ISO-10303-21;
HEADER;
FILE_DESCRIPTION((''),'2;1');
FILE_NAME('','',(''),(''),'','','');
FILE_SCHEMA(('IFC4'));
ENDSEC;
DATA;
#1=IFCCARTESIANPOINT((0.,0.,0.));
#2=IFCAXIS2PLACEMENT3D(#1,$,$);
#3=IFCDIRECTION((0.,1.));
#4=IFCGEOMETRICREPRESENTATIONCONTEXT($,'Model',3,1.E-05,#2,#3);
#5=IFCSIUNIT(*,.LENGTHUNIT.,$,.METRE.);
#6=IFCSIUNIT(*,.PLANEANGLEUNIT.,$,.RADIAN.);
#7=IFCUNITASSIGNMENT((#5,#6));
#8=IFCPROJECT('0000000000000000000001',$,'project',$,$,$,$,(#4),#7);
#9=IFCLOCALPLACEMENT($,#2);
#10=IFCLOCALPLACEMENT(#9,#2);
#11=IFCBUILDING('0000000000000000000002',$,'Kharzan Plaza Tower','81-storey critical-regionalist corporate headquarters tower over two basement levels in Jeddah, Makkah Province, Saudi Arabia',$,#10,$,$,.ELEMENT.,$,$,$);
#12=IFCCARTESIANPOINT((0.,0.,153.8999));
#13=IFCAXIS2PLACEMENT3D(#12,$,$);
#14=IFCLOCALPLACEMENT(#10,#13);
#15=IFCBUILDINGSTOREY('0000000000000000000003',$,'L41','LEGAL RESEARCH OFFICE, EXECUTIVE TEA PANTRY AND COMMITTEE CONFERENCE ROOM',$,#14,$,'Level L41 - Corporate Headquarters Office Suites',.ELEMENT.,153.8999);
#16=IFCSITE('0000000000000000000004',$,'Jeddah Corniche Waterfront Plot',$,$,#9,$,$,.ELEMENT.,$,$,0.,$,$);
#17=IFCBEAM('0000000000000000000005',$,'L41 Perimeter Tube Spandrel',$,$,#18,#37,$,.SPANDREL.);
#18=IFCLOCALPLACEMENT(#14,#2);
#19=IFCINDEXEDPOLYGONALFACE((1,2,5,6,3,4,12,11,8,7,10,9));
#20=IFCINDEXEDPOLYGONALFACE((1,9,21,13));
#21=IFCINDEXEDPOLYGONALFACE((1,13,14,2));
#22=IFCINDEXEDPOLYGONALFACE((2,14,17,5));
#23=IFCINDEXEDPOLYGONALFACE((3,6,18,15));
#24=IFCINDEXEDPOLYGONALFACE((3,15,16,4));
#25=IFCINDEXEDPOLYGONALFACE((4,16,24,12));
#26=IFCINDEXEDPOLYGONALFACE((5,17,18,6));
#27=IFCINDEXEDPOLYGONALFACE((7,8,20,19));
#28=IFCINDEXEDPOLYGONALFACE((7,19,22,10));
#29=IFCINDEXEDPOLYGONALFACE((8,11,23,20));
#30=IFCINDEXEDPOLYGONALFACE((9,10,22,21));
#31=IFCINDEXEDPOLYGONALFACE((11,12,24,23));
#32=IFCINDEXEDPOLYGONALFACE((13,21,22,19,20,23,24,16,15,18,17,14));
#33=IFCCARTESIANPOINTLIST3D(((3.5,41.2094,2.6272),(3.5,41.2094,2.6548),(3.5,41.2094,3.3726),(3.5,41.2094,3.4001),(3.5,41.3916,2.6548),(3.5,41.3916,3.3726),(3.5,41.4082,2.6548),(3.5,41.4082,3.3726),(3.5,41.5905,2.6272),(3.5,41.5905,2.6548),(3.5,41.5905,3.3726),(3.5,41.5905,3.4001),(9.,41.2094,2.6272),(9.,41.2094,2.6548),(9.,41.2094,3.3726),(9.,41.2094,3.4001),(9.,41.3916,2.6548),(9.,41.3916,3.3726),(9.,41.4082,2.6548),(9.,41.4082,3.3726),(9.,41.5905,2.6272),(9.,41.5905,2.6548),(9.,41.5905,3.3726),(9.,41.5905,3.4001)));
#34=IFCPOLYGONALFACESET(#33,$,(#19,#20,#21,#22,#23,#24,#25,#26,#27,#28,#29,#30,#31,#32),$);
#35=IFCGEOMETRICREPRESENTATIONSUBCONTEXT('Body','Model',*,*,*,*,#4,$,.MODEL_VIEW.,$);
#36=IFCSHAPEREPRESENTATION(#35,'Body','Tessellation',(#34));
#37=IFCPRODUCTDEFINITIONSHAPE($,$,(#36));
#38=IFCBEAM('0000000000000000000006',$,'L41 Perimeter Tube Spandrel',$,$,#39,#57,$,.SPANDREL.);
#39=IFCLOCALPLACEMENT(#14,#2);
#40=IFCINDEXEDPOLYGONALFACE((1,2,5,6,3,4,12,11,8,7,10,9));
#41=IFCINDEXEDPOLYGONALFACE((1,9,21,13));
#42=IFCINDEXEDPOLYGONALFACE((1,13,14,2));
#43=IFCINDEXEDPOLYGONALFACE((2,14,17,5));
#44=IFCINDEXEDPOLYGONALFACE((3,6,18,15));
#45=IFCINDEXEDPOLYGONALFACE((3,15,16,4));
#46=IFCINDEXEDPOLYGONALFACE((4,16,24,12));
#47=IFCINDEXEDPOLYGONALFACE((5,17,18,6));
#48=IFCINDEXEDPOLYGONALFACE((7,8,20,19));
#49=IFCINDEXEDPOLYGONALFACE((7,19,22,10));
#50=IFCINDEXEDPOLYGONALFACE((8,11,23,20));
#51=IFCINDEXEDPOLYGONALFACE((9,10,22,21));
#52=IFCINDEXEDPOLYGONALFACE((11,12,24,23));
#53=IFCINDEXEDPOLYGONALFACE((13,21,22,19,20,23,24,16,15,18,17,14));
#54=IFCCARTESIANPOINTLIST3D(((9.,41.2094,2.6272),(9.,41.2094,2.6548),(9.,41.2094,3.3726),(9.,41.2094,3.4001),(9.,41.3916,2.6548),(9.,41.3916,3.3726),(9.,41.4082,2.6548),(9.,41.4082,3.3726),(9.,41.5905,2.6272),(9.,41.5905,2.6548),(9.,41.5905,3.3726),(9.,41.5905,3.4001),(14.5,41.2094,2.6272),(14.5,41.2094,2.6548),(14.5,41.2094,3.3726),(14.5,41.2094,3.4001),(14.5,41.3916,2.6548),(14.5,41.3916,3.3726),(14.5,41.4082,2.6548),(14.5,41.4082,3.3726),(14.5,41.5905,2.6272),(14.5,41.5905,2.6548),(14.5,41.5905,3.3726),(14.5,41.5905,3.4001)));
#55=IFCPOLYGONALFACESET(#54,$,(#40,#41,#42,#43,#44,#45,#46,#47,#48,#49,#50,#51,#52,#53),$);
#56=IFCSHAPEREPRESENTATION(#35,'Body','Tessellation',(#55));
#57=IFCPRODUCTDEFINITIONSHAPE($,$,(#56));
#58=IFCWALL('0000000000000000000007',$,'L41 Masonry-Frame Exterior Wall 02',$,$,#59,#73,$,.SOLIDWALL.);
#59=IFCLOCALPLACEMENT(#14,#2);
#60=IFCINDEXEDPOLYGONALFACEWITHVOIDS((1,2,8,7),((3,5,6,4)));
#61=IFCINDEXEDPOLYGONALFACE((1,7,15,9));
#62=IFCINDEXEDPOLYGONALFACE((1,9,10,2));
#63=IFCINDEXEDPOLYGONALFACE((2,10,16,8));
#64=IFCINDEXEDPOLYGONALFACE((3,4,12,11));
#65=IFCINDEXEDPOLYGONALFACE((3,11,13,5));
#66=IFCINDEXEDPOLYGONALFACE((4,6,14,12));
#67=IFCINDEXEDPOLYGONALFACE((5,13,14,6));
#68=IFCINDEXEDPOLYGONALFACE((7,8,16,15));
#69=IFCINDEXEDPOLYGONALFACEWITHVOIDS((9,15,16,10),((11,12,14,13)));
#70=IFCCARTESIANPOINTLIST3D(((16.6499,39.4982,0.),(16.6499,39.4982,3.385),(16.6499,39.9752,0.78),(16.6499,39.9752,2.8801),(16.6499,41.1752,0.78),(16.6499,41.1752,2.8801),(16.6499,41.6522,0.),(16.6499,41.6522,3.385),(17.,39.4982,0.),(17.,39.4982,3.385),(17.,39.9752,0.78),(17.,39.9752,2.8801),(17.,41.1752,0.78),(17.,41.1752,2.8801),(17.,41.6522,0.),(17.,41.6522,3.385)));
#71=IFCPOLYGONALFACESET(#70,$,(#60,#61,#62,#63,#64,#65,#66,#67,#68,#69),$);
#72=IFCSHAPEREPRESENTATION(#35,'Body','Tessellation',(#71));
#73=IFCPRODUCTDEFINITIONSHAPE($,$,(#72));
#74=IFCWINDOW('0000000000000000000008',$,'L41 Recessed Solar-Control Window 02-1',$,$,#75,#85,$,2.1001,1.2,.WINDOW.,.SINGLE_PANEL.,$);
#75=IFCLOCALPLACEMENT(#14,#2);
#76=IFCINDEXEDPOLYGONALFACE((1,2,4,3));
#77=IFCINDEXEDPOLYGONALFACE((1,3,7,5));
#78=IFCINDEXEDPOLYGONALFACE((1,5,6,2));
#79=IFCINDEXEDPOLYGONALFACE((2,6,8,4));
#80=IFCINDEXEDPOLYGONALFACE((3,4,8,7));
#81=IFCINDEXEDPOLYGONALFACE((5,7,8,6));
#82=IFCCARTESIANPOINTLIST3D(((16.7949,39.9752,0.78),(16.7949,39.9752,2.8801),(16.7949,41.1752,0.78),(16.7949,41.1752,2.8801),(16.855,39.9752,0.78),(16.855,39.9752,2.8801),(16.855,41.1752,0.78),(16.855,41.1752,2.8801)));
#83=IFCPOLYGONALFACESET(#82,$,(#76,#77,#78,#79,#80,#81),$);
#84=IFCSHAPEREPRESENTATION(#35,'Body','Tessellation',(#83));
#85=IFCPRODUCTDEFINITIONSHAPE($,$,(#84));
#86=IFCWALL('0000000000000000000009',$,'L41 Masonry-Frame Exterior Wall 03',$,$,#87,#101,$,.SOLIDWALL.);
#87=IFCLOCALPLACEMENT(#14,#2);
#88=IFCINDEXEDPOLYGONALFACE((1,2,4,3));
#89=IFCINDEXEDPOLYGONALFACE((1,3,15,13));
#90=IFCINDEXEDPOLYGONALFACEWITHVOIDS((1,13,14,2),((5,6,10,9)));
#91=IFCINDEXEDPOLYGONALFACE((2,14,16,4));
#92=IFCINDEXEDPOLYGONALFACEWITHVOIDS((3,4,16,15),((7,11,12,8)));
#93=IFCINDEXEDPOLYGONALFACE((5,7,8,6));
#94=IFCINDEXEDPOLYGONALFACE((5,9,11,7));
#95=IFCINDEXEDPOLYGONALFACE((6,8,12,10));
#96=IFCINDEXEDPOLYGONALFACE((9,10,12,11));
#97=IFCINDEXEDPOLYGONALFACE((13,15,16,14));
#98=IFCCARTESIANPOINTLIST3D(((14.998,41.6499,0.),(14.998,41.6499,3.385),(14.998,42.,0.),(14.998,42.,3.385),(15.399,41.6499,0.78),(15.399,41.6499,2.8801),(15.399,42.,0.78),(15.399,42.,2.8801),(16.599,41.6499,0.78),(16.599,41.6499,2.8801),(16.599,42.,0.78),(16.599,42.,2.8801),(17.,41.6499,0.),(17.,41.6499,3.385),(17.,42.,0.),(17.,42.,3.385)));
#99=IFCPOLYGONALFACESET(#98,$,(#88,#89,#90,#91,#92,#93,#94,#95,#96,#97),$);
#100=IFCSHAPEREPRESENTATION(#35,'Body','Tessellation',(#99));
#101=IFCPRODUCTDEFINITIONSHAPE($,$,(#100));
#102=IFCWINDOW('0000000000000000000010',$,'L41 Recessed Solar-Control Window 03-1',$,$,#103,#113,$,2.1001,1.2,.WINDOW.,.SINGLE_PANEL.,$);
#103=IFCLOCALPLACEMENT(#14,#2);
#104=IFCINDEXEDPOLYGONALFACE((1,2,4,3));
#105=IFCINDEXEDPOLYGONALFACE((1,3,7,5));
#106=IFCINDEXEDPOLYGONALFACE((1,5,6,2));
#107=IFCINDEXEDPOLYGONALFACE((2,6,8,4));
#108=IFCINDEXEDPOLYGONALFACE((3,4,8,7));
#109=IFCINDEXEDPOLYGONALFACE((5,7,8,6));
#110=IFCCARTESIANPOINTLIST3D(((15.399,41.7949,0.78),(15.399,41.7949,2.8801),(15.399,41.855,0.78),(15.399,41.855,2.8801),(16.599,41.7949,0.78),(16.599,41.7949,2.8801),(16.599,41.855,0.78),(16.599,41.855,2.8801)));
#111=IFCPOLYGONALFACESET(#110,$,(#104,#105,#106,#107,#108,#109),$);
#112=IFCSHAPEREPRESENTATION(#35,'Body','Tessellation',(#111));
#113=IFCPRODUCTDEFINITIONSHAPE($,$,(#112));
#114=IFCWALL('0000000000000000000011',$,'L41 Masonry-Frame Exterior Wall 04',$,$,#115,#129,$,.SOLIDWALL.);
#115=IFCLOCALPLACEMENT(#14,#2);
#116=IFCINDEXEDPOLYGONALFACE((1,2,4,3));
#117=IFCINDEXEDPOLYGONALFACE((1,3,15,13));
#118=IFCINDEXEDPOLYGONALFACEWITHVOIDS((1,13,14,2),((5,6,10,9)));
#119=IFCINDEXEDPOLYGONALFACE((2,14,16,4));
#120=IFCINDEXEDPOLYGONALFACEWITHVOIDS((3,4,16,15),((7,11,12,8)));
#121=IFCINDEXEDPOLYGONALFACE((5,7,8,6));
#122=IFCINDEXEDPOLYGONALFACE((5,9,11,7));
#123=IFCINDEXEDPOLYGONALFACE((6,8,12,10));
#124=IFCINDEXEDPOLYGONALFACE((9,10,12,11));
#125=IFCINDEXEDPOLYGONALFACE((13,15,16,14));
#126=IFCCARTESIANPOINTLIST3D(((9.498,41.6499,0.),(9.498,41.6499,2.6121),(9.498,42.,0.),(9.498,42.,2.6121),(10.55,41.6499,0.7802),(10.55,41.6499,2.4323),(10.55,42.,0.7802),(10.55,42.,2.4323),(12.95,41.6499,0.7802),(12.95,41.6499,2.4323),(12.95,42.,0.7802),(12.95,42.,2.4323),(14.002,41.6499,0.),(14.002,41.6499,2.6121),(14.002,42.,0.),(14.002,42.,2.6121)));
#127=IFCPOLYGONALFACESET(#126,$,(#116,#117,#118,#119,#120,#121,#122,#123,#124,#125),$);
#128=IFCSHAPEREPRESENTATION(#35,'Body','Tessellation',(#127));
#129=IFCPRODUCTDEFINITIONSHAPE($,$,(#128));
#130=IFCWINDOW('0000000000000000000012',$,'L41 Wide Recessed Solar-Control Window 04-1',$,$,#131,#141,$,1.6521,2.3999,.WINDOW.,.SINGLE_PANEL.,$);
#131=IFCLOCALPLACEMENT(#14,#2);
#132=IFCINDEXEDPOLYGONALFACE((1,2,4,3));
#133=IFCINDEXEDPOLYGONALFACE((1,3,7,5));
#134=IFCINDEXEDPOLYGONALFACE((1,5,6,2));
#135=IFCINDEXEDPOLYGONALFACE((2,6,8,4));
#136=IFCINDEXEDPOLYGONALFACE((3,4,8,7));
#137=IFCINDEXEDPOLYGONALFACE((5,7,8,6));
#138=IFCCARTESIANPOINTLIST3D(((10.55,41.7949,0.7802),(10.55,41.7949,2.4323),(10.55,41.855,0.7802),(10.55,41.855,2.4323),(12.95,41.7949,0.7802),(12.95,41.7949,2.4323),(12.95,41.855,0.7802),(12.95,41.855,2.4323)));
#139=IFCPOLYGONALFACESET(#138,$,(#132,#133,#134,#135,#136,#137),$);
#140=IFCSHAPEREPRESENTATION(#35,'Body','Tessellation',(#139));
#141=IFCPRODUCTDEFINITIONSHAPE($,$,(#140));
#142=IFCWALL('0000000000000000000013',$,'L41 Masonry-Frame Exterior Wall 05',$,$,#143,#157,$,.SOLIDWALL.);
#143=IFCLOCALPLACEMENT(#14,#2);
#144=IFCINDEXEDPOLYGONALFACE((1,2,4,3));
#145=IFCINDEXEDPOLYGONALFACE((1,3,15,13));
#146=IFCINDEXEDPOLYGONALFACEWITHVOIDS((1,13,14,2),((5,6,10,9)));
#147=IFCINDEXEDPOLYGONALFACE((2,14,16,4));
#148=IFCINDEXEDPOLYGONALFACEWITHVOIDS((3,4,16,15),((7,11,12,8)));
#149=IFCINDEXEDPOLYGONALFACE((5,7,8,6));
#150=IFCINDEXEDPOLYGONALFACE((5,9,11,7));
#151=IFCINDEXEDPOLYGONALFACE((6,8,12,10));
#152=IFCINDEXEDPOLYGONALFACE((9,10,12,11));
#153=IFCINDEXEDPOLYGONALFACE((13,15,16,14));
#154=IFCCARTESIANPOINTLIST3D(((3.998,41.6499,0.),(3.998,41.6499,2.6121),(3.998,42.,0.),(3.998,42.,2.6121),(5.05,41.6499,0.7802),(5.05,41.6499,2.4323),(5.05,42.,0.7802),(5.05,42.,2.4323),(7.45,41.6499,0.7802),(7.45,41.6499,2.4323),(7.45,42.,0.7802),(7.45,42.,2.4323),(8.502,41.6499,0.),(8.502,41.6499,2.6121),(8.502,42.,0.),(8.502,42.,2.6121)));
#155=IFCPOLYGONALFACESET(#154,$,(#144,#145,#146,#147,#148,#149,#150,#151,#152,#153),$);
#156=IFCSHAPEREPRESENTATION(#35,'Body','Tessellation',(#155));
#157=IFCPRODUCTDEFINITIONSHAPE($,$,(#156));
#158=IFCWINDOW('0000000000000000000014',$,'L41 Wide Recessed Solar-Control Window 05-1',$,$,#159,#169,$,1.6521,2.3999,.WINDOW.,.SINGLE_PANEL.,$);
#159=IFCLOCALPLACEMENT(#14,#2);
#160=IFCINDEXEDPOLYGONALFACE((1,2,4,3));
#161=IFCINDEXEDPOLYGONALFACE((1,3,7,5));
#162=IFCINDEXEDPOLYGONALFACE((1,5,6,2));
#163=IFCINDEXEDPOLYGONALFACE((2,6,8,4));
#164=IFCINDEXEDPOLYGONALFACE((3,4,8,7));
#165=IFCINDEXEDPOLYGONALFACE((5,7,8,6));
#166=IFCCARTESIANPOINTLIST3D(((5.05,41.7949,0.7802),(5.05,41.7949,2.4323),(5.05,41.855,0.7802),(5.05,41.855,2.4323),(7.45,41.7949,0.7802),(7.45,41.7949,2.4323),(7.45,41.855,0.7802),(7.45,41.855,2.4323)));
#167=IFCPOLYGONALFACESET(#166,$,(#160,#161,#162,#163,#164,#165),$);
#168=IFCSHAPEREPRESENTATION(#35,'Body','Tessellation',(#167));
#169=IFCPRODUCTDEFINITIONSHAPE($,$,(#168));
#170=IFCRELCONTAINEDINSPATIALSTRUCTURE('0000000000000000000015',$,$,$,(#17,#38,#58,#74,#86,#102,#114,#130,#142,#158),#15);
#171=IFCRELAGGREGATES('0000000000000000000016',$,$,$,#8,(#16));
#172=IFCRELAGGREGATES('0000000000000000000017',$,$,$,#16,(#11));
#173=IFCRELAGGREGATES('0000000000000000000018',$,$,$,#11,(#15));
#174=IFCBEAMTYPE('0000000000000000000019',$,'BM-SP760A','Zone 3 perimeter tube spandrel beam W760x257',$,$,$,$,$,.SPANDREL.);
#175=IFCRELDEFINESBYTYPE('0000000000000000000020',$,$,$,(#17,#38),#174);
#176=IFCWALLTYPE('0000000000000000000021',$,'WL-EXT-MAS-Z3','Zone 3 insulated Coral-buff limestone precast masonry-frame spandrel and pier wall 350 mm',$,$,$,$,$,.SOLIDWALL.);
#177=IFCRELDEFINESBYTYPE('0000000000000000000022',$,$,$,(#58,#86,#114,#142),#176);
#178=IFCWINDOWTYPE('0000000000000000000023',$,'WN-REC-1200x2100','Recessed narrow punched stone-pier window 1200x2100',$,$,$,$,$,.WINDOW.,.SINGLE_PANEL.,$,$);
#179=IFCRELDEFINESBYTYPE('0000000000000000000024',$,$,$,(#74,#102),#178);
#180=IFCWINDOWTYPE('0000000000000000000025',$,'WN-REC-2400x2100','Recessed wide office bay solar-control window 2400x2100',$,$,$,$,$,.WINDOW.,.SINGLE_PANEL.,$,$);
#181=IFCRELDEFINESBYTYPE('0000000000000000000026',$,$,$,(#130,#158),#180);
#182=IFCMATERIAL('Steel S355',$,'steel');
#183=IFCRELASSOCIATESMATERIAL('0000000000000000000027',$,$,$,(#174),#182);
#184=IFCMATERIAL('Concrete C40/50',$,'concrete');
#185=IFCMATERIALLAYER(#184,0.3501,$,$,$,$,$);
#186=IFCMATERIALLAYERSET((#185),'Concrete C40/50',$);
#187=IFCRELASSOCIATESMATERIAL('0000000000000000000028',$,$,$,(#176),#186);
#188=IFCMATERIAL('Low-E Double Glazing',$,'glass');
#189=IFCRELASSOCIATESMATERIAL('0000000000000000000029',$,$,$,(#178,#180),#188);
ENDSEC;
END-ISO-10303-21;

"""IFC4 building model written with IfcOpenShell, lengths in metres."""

from ifc_helpers import new_model, si_unit, direction, frame, frame_2d, origin, origin_2d, place, context, subcontext, project, spatial, rectangle, i_section, extrude, source, transform, mapped, material, layer, layer_set, material_profile, profile_set, type_object, element, fill, save


model = new_model("IFC4")

# Units and contexts
model_context = context("Model", 3, precision=1e-05, world=origin(), true_north=direction((0.0, 1.0)))
body_context = subcontext(model_context, "Body", "Model", "MODEL_VIEW")
ifc_project = project(units=[si_unit("LENGTHUNIT", "METRE"), si_unit("PLANEANGLEUNIT", "RADIAN")], contexts=[model_context])

# Site, building, storey
site_placement = place(None, origin())
site = spatial("IfcSite", under=ifc_project, at=site_placement, Name="Jeddah Corniche Waterfront Plot", CompositionType="ELEMENT", RefElevation=0.0)
building_placement = place(site_placement, origin())
building = spatial("IfcBuilding", under=site, at=building_placement, Name="Kharzan Plaza Tower", Description="81-storey critical-regionalist corporate headquarters tower over two basement levels in Jeddah, Makkah Province, Saudi Arabia", CompositionType="ELEMENT")
storey_placement = place(building_placement, frame((0.0, 0.0, 153.8999)))
storey = spatial("IfcBuildingStorey", under=building, at=storey_placement, Name="L41", Description="LEGAL RESEARCH OFFICE, EXECUTIVE TEA PANTRY AND COMMITTEE CONFERENCE ROOM", LongName="Level L41 - Corporate Headquarters Office Suites", CompositionType="ELEMENT", Elevation=153.8999)

# Beams
ifc_material_1 = material(Name="Steel S355", Category="steel")
ifc_material_profile_1 = material_profile(ifc_material_1, i_section(OverallWidth=0.3811, OverallDepth=0.7729, WebThickness=0.0166, FlangeThickness=0.0276, at=origin_2d()), Name="W760x257")
ifc_profile_set_1 = profile_set([ifc_material_profile_1], Name="Steel S355")
beam_type_1 = type_object("IfcBeamType", Name="BM-SP760A", Description="Zone 3 perimeter tube spandrel beam W760x257", PredefinedType="SPANDREL", material=ifc_profile_set_1)
shared_shape_1 = source(origin(), body_context, "Body", "SweptSolid", [
    extrude(i_section(OverallWidth=0.3811, OverallDepth=0.7729, WebThickness=0.0166, FlangeThickness=0.0276, at=origin_2d()), origin(), (0.0, 0.0, 1.0), 5.5),
])
for number, where, z_axis, x_axis, name in (
    (1, (3.5, 41.3999, 3.0137), (1.0, 0.0, 0.0), (0.0, 1.0, 0.0), "L41 Perimeter Tube Spandrel"),
    (2, (9.0, 41.3999, 3.0137), (1.0, 0.0, 0.0), (0.0, 1.0, 0.0), "L41 Perimeter Tube Spandrel"),
):
    element("IfcBeam", number, at=place(storey_placement, frame(where, z_axis=z_axis, x_axis=x_axis)), inside=storey, type_object=beam_type_1, Name=name, PredefinedType="SPANDREL", context=body_context, shape_type="MappedRepresentation", body=[
        mapped(shared_shape_1, transform((0.0, 0.0, 0.0), x_axis=(1.0, 0.0, 0.0), y_axis=(0.0, 1.0, 0.0), z_axis=(0.0, 0.0, 1.0))),
    ])

# Walls, openings, windows
ifc_material_2 = material(Name="Concrete C40/50", Category="concrete")
ifc_layer_1 = layer(ifc_material_2, 0.3501)
ifc_layer_set_1 = layer_set([ifc_layer_1], Name="Concrete C40/50")
wall_type_1 = type_object("IfcWallType", Name="WL-EXT-MAS-Z3", Description="Zone 3 insulated Coral-buff limestone precast masonry-frame spandrel and pier wall 350 mm", PredefinedType="SOLIDWALL", material=ifc_layer_set_1)
wall_1_placement = place(storey_placement, frame((16.825, 39.498, 0.0), z_axis=(0.0, 0.0, 1.0), x_axis=(0.0, 1.0, 0.0)))
wall_1 = element("IfcWall", 3, at=wall_1_placement, inside=storey, type_object=wall_type_1, Name="L41 Masonry-Frame Exterior Wall 02", PredefinedType="SOLIDWALL", context=body_context, shape_type="SweptSolid", body=[
    extrude(rectangle(XDim=2.1541, YDim=0.3501, at=frame_2d((1.0771, 0.0))), origin(), (0.0, 0.0, 1.0), 3.385),
])
opening_1_placement = place(wall_1_placement, frame((0.4771, 0.0, 0.78)))
opening_1 = element("IfcOpeningElement", 4, at=opening_1_placement, cuts=wall_1, PredefinedType="OPENING", context=body_context, shape_type="SweptSolid", body=[
    extrude(rectangle(XDim=1.2, YDim=2.1001, at=frame_2d((0.6001, 1.05))), frame((0.0, 0.1851, 0.0), z_axis=(0.0, -1.0, 0.0), x_axis=(1.0, 0.0, 0.0)), (0.0, 0.0, 1.0), 0.3701),
])
ifc_material_3 = material(Name="Low-E Double Glazing", Category="glass")
window_type_1 = type_object("IfcWindowType", Name="WN-REC-1200x2100", Description="Recessed narrow punched stone-pier window 1200x2100", PartitioningType="SINGLE_PANEL", PredefinedType="WINDOW", material=ifc_material_3)
shared_shape_2 = source(origin(), body_context, "Body", "SweptSolid", [
    extrude(rectangle(XDim=1.2, YDim=2.1001, at=frame_2d((0.6001, 1.05))), frame((0.0, 0.03, 0.0), z_axis=(0.0, -1.0, 0.0), x_axis=(1.0, 0.0, 0.0)), (0.0, 0.0, 1.0), 0.0601),
])
window_1_placement = place(opening_1_placement, origin())
window_1 = element("IfcWindow", 5, at=window_1_placement, inside=storey, type_object=window_type_1, Name="L41 Recessed Solar-Control Window 02-1", OverallHeight=2.1001, OverallWidth=1.2, PartitioningType="SINGLE_PANEL", PredefinedType="WINDOW", context=body_context, shape_type="MappedRepresentation", body=[
    mapped(shared_shape_2, transform((0.0, 0.0, 0.0), x_axis=(1.0, 0.0, 0.0), y_axis=(0.0, 1.0, 0.0), z_axis=(0.0, 0.0, 1.0))),
])
fill(opening_1, window_1)
wall_2_placement = place(storey_placement, frame((17.0, 41.825, 0.0), z_axis=(0.0, 0.0, 1.0), x_axis=(-1.0, 0.0, 0.0)))
wall_2 = element("IfcWall", 6, at=wall_2_placement, inside=storey, type_object=wall_type_1, Name="L41 Masonry-Frame Exterior Wall 03", PredefinedType="SOLIDWALL", context=body_context, shape_type="SweptSolid", body=[
    extrude(rectangle(XDim=2.002, YDim=0.3501, at=frame_2d((1.001, 0.0))), origin(), (0.0, 0.0, 1.0), 3.385),
])
opening_2_placement = place(wall_2_placement, frame((0.4009, 0.0, 0.78)))
opening_2 = element("IfcOpeningElement", 7, at=opening_2_placement, cuts=wall_2, PredefinedType="OPENING", context=body_context, shape_type="SweptSolid", body=[
    extrude(rectangle(XDim=1.2, YDim=2.1001, at=frame_2d((0.6001, 1.05))), frame((0.0, 0.1851, 0.0), z_axis=(0.0, -1.0, 0.0), x_axis=(1.0, 0.0, 0.0)), (0.0, 0.0, 1.0), 0.3701),
])
window_2_placement = place(opening_2_placement, origin())
window_2 = element("IfcWindow", 8, at=window_2_placement, inside=storey, type_object=window_type_1, Name="L41 Recessed Solar-Control Window 03-1", OverallHeight=2.1001, OverallWidth=1.2, PartitioningType="SINGLE_PANEL", PredefinedType="WINDOW", context=body_context, shape_type="MappedRepresentation", body=[
    mapped(shared_shape_2, transform((0.0, 0.0, 0.0), x_axis=(1.0, 0.0, 0.0), y_axis=(0.0, 1.0, 0.0), z_axis=(0.0, 0.0, 1.0))),
])
fill(opening_2, window_2)
wall_3_placement = place(storey_placement, frame((14.002, 41.825, 0.0), z_axis=(0.0, 0.0, 1.0), x_axis=(-1.0, 0.0, 0.0)))
wall_3 = element("IfcWall", 9, at=wall_3_placement, inside=storey, type_object=wall_type_1, Name="L41 Masonry-Frame Exterior Wall 04", PredefinedType="SOLIDWALL", context=body_context, shape_type="SweptSolid", body=[
    extrude(rectangle(XDim=4.5039, YDim=0.3501, at=frame_2d((2.252, 0.0))), origin(), (0.0, 0.0, 1.0), 2.6121),
])
opening_3_placement = place(wall_3_placement, frame((1.052, 0.0, 0.78)))
opening_3 = element("IfcOpeningElement", 10, at=opening_3_placement, cuts=wall_3, PredefinedType="OPENING", context=body_context, shape_type="SweptSolid", body=[
    extrude(rectangle(XDim=2.3999, YDim=1.6521, at=frame_2d((1.2, 0.8262))), frame((0.0, 0.1851, 0.0), z_axis=(0.0, -1.0, 0.0), x_axis=(1.0, 0.0, 0.0)), (0.0, 0.0, 1.0), 0.3701),
])
window_type_2 = type_object("IfcWindowType", Name="WN-REC-2400x2100", Description="Recessed wide office bay solar-control window 2400x2100", PartitioningType="SINGLE_PANEL", PredefinedType="WINDOW", material=ifc_material_3)
shared_shape_3 = source(origin(), body_context, "Body", "SweptSolid", [
    extrude(rectangle(XDim=2.3999, YDim=1.6521, at=frame_2d((1.2, 0.8262))), frame((0.0, 0.03, 0.0), z_axis=(0.0, -1.0, 0.0), x_axis=(1.0, 0.0, 0.0)), (0.0, 0.0, 1.0), 0.0601),
])
window_3_placement = place(opening_3_placement, origin())
window_3 = element("IfcWindow", 11, at=window_3_placement, inside=storey, type_object=window_type_2, Name="L41 Wide Recessed Solar-Control Window 04-1", OverallHeight=1.6521, OverallWidth=2.3999, PartitioningType="SINGLE_PANEL", PredefinedType="WINDOW", context=body_context, shape_type="MappedRepresentation", body=[
    mapped(shared_shape_3, transform((0.0, 0.0, 0.0), x_axis=(1.0, 0.0, 0.0), y_axis=(0.0, 1.0, 0.0), z_axis=(0.0, 0.0, 1.0))),
])
fill(opening_3, window_3)
wall_4_placement = place(storey_placement, frame((8.502, 41.825, 0.0), z_axis=(0.0, 0.0, 1.0), x_axis=(-1.0, 0.0, 0.0)))
wall_4 = element("IfcWall", 12, at=wall_4_placement, inside=storey, type_object=wall_type_1, Name="L41 Masonry-Frame Exterior Wall 05", PredefinedType="SOLIDWALL", context=body_context, shape_type="SweptSolid", body=[
    extrude(rectangle(XDim=4.5039, YDim=0.3501, at=frame_2d((2.252, 0.0))), origin(), (0.0, 0.0, 1.0), 2.6121),
])
opening_4_placement = place(wall_4_placement, frame((1.052, 0.0, 0.78)))
opening_4 = element("IfcOpeningElement", 13, at=opening_4_placement, cuts=wall_4, PredefinedType="OPENING", context=body_context, shape_type="SweptSolid", body=[
    extrude(rectangle(XDim=2.3999, YDim=1.6521, at=frame_2d((1.2, 0.8262))), frame((0.0, 0.1851, 0.0), z_axis=(0.0, -1.0, 0.0), x_axis=(1.0, 0.0, 0.0)), (0.0, 0.0, 1.0), 0.3701),
])
window_4_placement = place(opening_4_placement, origin())
window_4 = element("IfcWindow", 14, at=window_4_placement, inside=storey, type_object=window_type_2, Name="L41 Wide Recessed Solar-Control Window 05-1", OverallHeight=1.6521, OverallWidth=2.3999, PartitioningType="SINGLE_PANEL", PredefinedType="WINDOW", context=body_context, shape_type="MappedRepresentation", body=[
    mapped(shared_shape_3, transform((0.0, 0.0, 0.0), x_axis=(1.0, 0.0, 0.0), y_axis=(0.0, 1.0, 0.0), z_axis=(0.0, 0.0, 1.0))),
])
fill(opening_4, window_4)

save(model, "model.ifc")
